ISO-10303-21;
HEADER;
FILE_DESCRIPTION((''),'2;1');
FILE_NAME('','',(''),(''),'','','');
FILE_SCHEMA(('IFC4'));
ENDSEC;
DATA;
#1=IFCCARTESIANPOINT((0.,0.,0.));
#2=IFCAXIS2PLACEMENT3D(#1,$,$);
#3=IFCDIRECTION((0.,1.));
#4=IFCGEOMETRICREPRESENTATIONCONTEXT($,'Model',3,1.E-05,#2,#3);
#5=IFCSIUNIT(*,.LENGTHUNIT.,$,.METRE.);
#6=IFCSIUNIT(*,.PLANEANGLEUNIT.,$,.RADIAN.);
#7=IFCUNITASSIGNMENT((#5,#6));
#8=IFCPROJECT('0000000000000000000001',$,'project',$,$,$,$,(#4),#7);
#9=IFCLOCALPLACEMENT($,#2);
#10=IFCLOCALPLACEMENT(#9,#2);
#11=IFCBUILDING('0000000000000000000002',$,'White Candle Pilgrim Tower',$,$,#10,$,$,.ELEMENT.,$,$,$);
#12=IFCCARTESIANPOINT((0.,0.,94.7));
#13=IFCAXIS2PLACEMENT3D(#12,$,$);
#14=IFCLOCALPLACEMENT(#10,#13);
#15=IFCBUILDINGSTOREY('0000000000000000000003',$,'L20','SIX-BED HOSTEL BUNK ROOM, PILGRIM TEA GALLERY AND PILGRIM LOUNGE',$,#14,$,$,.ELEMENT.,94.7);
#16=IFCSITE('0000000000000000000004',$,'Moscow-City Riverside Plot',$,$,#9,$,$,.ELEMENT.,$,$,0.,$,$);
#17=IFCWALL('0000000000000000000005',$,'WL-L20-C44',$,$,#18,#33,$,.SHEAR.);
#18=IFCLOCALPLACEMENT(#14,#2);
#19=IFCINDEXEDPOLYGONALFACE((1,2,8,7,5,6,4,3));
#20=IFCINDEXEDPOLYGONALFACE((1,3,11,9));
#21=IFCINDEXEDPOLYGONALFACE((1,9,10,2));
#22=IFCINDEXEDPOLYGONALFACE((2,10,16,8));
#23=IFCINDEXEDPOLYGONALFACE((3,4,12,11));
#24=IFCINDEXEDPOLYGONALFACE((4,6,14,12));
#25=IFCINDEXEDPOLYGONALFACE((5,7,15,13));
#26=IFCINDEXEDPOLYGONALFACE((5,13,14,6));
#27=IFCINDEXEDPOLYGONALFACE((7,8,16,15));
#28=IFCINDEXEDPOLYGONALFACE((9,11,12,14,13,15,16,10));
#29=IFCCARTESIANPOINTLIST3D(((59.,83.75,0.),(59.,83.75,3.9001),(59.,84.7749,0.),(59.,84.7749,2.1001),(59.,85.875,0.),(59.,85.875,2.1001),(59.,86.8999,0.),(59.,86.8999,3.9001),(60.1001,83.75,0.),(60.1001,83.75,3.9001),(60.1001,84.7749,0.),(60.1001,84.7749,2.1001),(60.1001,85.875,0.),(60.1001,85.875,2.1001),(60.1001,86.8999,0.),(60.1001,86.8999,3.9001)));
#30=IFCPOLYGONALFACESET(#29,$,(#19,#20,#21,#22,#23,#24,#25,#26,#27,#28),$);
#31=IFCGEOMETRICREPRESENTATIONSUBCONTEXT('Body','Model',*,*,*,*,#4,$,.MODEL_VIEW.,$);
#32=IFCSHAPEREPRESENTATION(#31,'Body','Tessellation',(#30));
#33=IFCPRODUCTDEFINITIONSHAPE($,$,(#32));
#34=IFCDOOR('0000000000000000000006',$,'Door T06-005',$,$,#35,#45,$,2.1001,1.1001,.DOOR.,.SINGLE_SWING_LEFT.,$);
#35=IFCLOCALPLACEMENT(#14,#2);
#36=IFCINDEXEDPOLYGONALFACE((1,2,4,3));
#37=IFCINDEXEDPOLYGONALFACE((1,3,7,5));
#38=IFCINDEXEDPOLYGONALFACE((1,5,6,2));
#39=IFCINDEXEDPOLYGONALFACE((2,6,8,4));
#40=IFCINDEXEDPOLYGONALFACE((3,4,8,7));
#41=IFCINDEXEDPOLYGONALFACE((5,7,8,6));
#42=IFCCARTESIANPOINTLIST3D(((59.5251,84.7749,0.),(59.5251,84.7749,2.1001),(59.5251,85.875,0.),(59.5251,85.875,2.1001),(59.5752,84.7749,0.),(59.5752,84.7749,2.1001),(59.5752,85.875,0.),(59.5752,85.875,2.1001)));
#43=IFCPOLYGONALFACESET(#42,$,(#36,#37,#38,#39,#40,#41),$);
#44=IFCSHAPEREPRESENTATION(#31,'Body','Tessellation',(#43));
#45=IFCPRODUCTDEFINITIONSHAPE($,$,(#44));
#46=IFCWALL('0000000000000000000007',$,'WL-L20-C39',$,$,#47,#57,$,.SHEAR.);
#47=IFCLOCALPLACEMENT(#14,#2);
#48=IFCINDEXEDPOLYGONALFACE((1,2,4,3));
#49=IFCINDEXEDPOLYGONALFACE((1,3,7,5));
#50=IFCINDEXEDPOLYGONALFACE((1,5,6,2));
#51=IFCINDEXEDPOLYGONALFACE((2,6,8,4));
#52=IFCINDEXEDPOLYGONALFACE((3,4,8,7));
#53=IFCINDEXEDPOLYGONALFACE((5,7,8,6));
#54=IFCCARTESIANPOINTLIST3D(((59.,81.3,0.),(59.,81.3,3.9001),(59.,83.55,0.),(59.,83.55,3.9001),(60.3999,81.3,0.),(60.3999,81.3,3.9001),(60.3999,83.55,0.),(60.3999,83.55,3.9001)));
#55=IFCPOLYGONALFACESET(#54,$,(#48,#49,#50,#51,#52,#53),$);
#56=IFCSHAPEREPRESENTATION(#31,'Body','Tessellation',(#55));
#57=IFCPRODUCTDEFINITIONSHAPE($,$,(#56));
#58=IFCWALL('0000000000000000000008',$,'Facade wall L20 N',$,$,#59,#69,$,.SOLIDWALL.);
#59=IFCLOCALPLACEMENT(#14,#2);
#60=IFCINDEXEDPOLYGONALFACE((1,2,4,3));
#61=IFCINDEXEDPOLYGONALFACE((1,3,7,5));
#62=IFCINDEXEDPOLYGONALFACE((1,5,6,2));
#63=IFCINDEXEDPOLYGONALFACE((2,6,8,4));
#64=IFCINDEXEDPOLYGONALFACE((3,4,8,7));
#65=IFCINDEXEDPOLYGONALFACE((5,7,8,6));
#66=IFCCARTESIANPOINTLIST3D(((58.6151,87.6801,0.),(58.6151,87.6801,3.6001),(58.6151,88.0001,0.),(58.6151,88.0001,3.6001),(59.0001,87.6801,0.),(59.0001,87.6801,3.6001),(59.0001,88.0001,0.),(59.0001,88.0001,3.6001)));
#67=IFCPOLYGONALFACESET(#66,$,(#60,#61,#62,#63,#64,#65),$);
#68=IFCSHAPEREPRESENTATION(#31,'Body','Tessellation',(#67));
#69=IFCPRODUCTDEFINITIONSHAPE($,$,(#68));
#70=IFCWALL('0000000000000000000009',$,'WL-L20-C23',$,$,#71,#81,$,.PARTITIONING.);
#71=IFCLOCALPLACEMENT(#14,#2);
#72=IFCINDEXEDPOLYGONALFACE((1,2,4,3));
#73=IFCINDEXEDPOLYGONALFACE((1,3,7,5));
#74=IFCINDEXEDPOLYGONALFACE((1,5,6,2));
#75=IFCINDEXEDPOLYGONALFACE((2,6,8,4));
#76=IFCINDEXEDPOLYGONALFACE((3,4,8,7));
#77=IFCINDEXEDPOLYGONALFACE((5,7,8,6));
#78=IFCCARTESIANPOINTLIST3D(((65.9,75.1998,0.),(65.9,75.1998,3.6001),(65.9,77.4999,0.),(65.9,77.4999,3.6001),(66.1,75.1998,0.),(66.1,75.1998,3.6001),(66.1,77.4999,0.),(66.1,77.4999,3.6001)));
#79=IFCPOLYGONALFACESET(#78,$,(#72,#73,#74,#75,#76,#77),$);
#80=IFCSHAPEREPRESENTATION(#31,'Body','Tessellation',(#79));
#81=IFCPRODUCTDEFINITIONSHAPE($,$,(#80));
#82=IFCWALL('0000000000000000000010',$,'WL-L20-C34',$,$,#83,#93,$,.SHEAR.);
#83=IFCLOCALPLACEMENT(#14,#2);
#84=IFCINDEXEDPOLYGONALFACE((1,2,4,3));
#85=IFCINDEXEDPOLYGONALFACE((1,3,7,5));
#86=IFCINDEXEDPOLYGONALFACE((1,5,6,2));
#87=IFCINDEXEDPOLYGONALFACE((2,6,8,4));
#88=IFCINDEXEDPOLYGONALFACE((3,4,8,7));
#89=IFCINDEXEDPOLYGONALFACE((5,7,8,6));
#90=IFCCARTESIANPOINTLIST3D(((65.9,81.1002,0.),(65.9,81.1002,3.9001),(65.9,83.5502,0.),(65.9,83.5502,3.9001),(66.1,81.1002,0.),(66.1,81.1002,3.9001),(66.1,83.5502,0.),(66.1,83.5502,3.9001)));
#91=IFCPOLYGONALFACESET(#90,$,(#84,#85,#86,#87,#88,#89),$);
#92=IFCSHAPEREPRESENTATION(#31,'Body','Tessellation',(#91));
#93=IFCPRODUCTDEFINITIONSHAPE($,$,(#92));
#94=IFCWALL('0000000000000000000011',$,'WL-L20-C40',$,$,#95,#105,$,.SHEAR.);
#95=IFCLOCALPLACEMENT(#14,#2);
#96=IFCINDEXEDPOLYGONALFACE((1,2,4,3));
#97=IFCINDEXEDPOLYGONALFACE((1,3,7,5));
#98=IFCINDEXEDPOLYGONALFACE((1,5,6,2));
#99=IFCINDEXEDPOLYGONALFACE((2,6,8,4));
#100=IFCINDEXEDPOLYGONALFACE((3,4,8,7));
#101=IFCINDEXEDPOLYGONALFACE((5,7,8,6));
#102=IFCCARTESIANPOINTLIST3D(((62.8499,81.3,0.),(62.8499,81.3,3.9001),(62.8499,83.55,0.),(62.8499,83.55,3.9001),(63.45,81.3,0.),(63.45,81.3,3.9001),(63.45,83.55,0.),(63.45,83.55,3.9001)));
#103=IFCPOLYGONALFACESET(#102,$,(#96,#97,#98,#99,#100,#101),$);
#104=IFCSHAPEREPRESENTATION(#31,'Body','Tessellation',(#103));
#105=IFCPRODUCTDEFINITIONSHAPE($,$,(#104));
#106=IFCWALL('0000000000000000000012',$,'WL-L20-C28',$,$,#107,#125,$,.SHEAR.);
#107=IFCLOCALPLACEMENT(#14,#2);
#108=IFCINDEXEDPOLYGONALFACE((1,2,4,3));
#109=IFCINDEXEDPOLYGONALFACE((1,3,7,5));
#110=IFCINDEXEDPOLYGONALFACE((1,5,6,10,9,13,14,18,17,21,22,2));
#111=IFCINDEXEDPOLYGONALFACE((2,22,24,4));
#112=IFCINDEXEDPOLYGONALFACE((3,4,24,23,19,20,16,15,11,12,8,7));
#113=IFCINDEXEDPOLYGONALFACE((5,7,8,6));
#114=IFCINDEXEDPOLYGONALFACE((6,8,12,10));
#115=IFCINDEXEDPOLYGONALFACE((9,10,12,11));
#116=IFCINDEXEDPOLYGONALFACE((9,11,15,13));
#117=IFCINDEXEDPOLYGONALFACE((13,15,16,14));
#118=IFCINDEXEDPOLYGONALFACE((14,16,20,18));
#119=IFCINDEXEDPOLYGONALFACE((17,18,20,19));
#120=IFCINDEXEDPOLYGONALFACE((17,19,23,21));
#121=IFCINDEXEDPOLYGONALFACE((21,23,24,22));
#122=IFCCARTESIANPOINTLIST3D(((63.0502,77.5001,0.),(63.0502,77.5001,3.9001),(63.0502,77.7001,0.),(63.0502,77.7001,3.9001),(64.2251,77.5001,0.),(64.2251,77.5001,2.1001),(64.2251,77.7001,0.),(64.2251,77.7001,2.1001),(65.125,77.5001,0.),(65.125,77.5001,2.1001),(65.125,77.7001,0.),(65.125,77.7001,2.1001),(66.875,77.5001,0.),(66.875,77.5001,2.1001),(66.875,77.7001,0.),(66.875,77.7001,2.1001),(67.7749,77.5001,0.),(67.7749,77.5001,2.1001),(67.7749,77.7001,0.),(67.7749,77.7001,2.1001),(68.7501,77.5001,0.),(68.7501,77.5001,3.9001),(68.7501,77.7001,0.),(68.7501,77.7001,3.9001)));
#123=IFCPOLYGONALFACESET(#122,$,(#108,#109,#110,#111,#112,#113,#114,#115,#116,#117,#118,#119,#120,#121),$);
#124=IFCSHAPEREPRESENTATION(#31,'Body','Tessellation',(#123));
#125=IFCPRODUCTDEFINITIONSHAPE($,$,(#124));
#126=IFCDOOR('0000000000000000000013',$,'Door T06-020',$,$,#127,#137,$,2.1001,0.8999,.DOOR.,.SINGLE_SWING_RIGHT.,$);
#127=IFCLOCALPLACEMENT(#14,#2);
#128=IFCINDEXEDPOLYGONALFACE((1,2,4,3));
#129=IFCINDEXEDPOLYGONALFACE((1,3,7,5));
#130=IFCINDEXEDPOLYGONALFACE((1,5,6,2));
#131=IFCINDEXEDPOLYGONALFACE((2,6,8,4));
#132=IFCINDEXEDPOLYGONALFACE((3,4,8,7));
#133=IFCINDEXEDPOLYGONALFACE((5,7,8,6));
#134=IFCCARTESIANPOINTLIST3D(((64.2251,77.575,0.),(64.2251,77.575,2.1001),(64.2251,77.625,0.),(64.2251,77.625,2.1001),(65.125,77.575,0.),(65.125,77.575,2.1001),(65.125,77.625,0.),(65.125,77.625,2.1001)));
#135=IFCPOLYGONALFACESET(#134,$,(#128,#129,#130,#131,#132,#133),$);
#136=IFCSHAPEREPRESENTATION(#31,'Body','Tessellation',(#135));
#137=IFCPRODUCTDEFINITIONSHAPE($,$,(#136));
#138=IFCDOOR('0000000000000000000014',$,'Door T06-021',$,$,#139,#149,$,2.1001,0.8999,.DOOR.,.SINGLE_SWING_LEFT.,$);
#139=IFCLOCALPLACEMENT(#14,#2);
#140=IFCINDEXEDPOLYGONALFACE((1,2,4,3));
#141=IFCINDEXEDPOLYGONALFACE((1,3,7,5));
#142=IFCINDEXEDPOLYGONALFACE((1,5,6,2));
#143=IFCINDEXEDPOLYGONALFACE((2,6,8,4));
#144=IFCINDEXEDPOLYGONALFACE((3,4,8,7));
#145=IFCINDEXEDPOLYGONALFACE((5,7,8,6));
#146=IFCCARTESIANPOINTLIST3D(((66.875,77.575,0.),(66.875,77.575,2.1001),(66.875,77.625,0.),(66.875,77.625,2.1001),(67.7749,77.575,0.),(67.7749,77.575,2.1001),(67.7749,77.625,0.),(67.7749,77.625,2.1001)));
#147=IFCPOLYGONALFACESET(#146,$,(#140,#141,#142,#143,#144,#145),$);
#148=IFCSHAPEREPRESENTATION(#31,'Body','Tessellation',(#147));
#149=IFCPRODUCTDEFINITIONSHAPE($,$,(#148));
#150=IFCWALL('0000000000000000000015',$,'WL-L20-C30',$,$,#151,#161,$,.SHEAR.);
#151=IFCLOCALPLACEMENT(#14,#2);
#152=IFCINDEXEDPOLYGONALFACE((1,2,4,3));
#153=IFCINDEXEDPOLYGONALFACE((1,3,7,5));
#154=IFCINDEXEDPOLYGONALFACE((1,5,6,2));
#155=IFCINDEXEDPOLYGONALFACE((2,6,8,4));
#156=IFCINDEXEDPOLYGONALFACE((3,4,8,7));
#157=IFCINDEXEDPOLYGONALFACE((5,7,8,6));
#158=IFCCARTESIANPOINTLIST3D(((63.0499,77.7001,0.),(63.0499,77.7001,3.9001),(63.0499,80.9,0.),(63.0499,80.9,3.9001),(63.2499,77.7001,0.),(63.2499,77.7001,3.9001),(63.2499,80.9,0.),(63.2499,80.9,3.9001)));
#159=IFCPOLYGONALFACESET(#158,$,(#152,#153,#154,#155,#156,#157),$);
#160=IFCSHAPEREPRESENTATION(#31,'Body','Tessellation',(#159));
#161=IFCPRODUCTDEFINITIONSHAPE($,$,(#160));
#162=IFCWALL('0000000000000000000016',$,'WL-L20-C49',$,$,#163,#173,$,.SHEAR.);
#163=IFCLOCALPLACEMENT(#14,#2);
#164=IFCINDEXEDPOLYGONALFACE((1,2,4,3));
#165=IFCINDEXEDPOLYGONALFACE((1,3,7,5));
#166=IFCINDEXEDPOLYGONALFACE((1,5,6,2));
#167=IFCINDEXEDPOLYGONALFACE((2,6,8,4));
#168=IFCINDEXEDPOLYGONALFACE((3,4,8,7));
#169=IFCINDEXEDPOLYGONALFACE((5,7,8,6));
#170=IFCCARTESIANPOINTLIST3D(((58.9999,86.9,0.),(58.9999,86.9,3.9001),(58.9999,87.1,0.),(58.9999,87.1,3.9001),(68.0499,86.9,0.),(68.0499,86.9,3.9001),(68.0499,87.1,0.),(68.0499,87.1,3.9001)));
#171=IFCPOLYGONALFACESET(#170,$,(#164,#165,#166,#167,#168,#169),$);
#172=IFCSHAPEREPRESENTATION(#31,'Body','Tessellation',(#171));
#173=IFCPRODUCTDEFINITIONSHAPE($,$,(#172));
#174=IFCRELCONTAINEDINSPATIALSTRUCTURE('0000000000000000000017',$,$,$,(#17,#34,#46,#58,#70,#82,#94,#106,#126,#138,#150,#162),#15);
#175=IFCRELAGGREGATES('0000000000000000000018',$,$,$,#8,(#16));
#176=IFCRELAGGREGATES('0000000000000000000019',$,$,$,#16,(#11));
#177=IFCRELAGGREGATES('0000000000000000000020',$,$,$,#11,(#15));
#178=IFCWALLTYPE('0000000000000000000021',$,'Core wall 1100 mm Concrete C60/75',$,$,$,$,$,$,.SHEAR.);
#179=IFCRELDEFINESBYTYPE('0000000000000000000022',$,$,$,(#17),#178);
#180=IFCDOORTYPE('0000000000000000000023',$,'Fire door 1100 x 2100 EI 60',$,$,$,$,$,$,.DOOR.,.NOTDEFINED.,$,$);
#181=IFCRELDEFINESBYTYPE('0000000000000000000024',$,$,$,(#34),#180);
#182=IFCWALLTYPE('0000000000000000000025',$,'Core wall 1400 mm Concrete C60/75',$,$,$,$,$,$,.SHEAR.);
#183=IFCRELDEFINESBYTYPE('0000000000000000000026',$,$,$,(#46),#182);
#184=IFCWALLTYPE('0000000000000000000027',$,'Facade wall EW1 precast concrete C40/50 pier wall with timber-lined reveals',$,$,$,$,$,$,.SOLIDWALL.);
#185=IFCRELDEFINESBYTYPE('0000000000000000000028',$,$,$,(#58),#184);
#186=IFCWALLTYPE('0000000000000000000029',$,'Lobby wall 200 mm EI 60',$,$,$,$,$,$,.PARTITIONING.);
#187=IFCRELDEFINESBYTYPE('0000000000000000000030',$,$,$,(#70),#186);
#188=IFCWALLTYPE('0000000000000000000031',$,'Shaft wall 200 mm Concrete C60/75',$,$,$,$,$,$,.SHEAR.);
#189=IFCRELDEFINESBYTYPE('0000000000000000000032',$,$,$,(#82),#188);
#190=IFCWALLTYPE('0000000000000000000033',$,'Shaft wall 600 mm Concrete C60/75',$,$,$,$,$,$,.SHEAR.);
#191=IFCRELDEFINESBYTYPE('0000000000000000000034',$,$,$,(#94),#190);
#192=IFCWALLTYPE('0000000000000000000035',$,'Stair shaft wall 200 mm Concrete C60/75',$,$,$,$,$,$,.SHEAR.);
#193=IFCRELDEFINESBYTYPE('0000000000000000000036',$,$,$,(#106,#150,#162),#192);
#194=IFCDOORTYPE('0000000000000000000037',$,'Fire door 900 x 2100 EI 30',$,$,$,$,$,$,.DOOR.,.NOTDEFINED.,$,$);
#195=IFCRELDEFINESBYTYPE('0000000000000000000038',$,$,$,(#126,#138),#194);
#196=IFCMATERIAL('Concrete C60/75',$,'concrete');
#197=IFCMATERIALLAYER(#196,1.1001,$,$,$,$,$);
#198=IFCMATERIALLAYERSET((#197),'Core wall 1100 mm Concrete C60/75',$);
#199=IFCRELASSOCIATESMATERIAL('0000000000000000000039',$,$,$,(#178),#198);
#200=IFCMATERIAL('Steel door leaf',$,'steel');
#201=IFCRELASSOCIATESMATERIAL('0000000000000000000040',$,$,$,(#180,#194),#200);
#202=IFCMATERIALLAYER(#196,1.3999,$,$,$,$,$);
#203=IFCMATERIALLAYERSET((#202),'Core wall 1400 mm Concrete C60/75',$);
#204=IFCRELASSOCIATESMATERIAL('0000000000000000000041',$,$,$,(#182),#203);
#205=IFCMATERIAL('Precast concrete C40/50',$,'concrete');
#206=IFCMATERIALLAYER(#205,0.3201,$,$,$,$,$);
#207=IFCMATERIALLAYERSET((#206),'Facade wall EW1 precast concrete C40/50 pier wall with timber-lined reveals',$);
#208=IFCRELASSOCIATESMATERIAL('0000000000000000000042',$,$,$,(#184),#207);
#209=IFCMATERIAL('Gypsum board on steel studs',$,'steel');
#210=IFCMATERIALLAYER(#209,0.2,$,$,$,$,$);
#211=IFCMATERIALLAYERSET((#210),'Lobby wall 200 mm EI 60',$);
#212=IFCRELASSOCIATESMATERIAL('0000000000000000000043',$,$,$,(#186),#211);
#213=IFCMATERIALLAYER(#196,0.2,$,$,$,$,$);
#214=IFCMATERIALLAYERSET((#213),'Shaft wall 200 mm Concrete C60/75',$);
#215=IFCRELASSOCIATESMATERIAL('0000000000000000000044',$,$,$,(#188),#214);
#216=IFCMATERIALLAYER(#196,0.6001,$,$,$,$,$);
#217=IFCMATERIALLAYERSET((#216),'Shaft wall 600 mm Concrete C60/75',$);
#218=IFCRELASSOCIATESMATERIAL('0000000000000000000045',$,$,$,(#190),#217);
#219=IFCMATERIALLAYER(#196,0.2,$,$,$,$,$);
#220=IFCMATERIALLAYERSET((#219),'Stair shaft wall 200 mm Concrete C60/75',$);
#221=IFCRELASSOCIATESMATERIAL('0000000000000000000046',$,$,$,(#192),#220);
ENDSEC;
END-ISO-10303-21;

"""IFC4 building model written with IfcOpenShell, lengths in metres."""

from ifc_helpers import new_model, si_unit, direction, frame, frame_2d, origin, place, context, subcontext, project, spatial, rectangle, extrude, material, layer, layer_set, type_object, element, fill, save


model = new_model("IFC4")

# Units and contexts
model_context = context("Model", 3, precision=1e-05, world=origin(), true_north=direction((0.0, 1.0)))
body_context = subcontext(model_context, "Body", "Model", "MODEL_VIEW")
ifc_project = project(units=[si_unit("LENGTHUNIT", "METRE"), si_unit("PLANEANGLEUNIT", "RADIAN")], contexts=[model_context])

# Site, building, storey
site_placement = place(None, origin())
site = spatial("IfcSite", under=ifc_project, at=site_placement, Name="Moscow-City Riverside Plot", CompositionType="ELEMENT", RefElevation=0.0)
building_placement = place(site_placement, origin())
building = spatial("IfcBuilding", under=site, at=building_placement, Name="White Candle Pilgrim Tower", CompositionType="ELEMENT")
storey_placement = place(building_placement, frame((0.0, 0.0, 94.7)))
storey = spatial("IfcBuildingStorey", under=building, at=storey_placement, Name="L20", Description="SIX-BED HOSTEL BUNK ROOM, PILGRIM TEA GALLERY AND PILGRIM LOUNGE", CompositionType="ELEMENT", Elevation=94.7)

# Wall, opening, door
ifc_material_1 = material(Name="Concrete C60/75", Category="concrete")
ifc_layer_1 = layer(ifc_material_1, 1.1001)
ifc_layer_set_1 = layer_set([ifc_layer_1], Name="Core wall 1100 mm Concrete C60/75")
wall_type_1 = type_object("IfcWallType", Name="Core wall 1100 mm Concrete C60/75", PredefinedType="SHEAR", material=ifc_layer_set_1)
wall_1_placement = place(storey_placement, frame((59.55, 83.75, 0.0), z_axis=(0.0, 0.0, 1.0), x_axis=(0.0, 1.0, 0.0)))
wall_1 = element("IfcWall", 1, at=wall_1_placement, inside=storey, type_object=wall_type_1, Name="WL-L20-C44", PredefinedType="SHEAR", context=body_context, shape_type="SweptSolid", body=[
    extrude(rectangle(XDim=3.1499, YDim=1.1001, at=frame_2d((1.575, 0.0))), origin(), (0.0, 0.0, 1.0), 3.9001),
])
opening_1_placement = place(wall_1_placement, frame((1.0249, 0.0, 0.0)))
opening_1 = element("IfcOpeningElement", 2, at=opening_1_placement, cuts=wall_1, PredefinedType="OPENING", context=body_context, shape_type="SweptSolid", body=[
    extrude(rectangle(XDim=1.1001, YDim=2.1001, at=frame_2d((0.55, 1.05))), frame((0.0, 0.5601, 0.0), z_axis=(0.0, -1.0, 0.0), x_axis=(1.0, 0.0, 0.0)), (0.0, 0.0, 1.0), 1.1201),
])
ifc_material_2 = material(Name="Steel door leaf", Category="steel")
door_type_1 = type_object("IfcDoorType", Name="Fire door 1100 x 2100 EI 60", OperationType="NOTDEFINED", PredefinedType="DOOR", material=ifc_material_2)
door_1_placement = place(opening_1_placement, origin())
door_1 = element("IfcDoor", 3, at=door_1_placement, inside=storey, type_object=door_type_1, Name="Door T06-005", OperationType="SINGLE_SWING_LEFT", OverallHeight=2.1001, OverallWidth=1.1001, PredefinedType="DOOR", context=body_context, shape_type="SweptSolid", body=[
    extrude(rectangle(XDim=1.1001, YDim=2.1001, at=frame_2d((0.55, 1.05))), frame((0.0, 0.0249, 0.0), z_axis=(0.0, -1.0, 0.0), x_axis=(1.0, 0.0, 0.0)), (0.0, 0.0, 1.0), 0.05),
])
fill(opening_1, door_1)

# Walls
ifc_layer_2 = layer(ifc_material_1, 1.3999)
ifc_layer_set_2 = layer_set([ifc_layer_2], Name="Core wall 1400 mm Concrete C60/75")
wall_type_2 = type_object("IfcWallType", Name="Core wall 1400 mm Concrete C60/75", PredefinedType="SHEAR", material=ifc_layer_set_2)
wall_2_placement = place(storey_placement, frame((59.7, 81.3, 0.0), z_axis=(0.0, 0.0, 1.0), x_axis=(0.0, 1.0, 0.0)))
element("IfcWall", 4, at=wall_2_placement, inside=storey, type_object=wall_type_2, Name="WL-L20-C39", PredefinedType="SHEAR", context=body_context, shape_type="SweptSolid", body=[
    extrude(rectangle(XDim=2.25, YDim=1.3999, at=frame_2d((1.125, 0.0))), origin(), (0.0, 0.0, 1.0), 3.9001),
])
ifc_material_3 = material(Name="Precast concrete C40/50", Category="concrete")
ifc_layer_3 = layer(ifc_material_3, 0.3201)
ifc_layer_set_3 = layer_set([ifc_layer_3], Name="Facade wall EW1 precast concrete C40/50 pier wall with timber-lined reveals")
wall_type_3 = type_object("IfcWallType", Name="Facade wall EW1 precast concrete C40/50 pier wall with timber-lined reveals", PredefinedType="SOLIDWALL", material=ifc_layer_set_3)
wall_3_placement = place(storey_placement, frame((59.0, 87.8401, 0.0), z_axis=(0.0, 0.0, 1.0), x_axis=(-1.0, 0.0, 0.0)))
element("IfcWall", 5, at=wall_3_placement, inside=storey, type_object=wall_type_3, Name="Facade wall L20 N", PredefinedType="SOLIDWALL", context=body_context, shape_type="SweptSolid", body=[
    extrude(rectangle(XDim=0.385, YDim=0.3201, at=frame_2d((0.1924, 0.0))), origin(), (0.0, 0.0, 1.0), 3.6001),
])
ifc_material_4 = material(Name="Gypsum board on steel studs", Category="steel")
ifc_layer_4 = layer(ifc_material_4, 0.2)
ifc_layer_set_4 = layer_set([ifc_layer_4], Name="Lobby wall 200 mm EI 60")
wall_type_4 = type_object("IfcWallType", Name="Lobby wall 200 mm EI 60", PredefinedType="PARTITIONING", material=ifc_layer_set_4)
wall_4_placement = place(storey_placement, frame((66.0, 75.2, 0.0), z_axis=(0.0, 0.0, 1.0), x_axis=(0.0, 1.0, 0.0)))
element("IfcWall", 6, at=wall_4_placement, inside=storey, type_object=wall_type_4, Name="WL-L20-C23", PredefinedType="PARTITIONING", context=body_context, shape_type="SweptSolid", body=[
    extrude(rectangle(XDim=2.3, YDim=0.2, at=frame_2d((1.1499, 0.0))), origin(), (0.0, 0.0, 1.0), 3.6001),
])
ifc_layer_5 = layer(ifc_material_1, 0.2)
ifc_layer_set_5 = layer_set([ifc_layer_5], Name="Shaft wall 200 mm Concrete C60/75")
wall_type_5 = type_object("IfcWallType", Name="Shaft wall 200 mm Concrete C60/75", PredefinedType="SHEAR", material=ifc_layer_set_5)
wall_5_placement = place(storey_placement, frame((66.0, 81.1001, 0.0), z_axis=(0.0, 0.0, 1.0), x_axis=(0.0, 1.0, 0.0)))
element("IfcWall", 7, at=wall_5_placement, inside=storey, type_object=wall_type_5, Name="WL-L20-C34", PredefinedType="SHEAR", context=body_context, shape_type="SweptSolid", body=[
    extrude(rectangle(XDim=2.45, YDim=0.2, at=frame_2d((1.2251, 0.0))), origin(), (0.0, 0.0, 1.0), 3.9001),
])
ifc_layer_6 = layer(ifc_material_1, 0.6001)
ifc_layer_set_6 = layer_set([ifc_layer_6], Name="Shaft wall 600 mm Concrete C60/75")
wall_type_6 = type_object("IfcWallType", Name="Shaft wall 600 mm Concrete C60/75", PredefinedType="SHEAR", material=ifc_layer_set_6)
wall_6_placement = place(storey_placement, frame((63.1499, 81.3, 0.0), z_axis=(0.0, 0.0, 1.0), x_axis=(0.0, 1.0, 0.0)))
element("IfcWall", 8, at=wall_6_placement, inside=storey, type_object=wall_type_6, Name="WL-L20-C40", PredefinedType="SHEAR", context=body_context, shape_type="SweptSolid", body=[
    extrude(rectangle(XDim=2.25, YDim=0.6001, at=frame_2d((1.125, 0.0))), origin(), (0.0, 0.0, 1.0), 3.9001),
])

# Wall, openings, doors
ifc_layer_7 = layer(ifc_material_1, 0.2)
ifc_layer_set_7 = layer_set([ifc_layer_7], Name="Stair shaft wall 200 mm Concrete C60/75")
wall_type_7 = type_object("IfcWallType", Name="Stair shaft wall 200 mm Concrete C60/75", PredefinedType="SHEAR", material=ifc_layer_set_7)
wall_7_placement = place(storey_placement, frame((63.05, 77.6001, 0.0), z_axis=(0.0, 0.0, 1.0), x_axis=(1.0, 0.0, 0.0)))
wall_7 = element("IfcWall", 9, at=wall_7_placement, inside=storey, type_object=wall_type_7, Name="WL-L20-C28", PredefinedType="SHEAR", context=body_context, shape_type="SweptSolid", body=[
    extrude(rectangle(XDim=5.7, YDim=0.2, at=frame_2d((2.8501, 0.0))), origin(), (0.0, 0.0, 1.0), 3.9001),
])
opening_2_placement = place(wall_7_placement, frame((1.175, 0.0, 0.0)))
opening_2 = element("IfcOpeningElement", 10, at=opening_2_placement, cuts=wall_7, PredefinedType="OPENING", context=body_context, shape_type="SweptSolid", body=[
    extrude(rectangle(XDim=0.8999, YDim=2.1001, at=frame_2d((0.45, 1.05))), frame((0.0, 0.1099, 0.0), z_axis=(0.0, -1.0, 0.0), x_axis=(1.0, 0.0, 0.0)), (0.0, 0.0, 1.0), 0.22),
])
opening_3_placement = place(wall_7_placement, frame((3.825, 0.0, 0.0)))
opening_3 = element("IfcOpeningElement", 11, at=opening_3_placement, cuts=wall_7, PredefinedType="OPENING", context=body_context, shape_type="SweptSolid", body=[
    extrude(rectangle(XDim=0.8999, YDim=2.1001, at=frame_2d((0.45, 1.05))), frame((0.0, 0.1099, 0.0), z_axis=(0.0, -1.0, 0.0), x_axis=(1.0, 0.0, 0.0)), (0.0, 0.0, 1.0), 0.22),
])
door_type_2 = type_object("IfcDoorType", Name="Fire door 900 x 2100 EI 30", OperationType="NOTDEFINED", PredefinedType="DOOR", material=ifc_material_2)
door_2_placement = place(opening_2_placement, origin())
door_2 = element("IfcDoor", 12, at=door_2_placement, inside=storey, type_object=door_type_2, Name="Door T06-020", OperationType="SINGLE_SWING_RIGHT", OverallHeight=2.1001, OverallWidth=0.8999, PredefinedType="DOOR", context=body_context, shape_type="SweptSolid", body=[
    extrude(rectangle(XDim=0.8999, YDim=2.1001, at=frame_2d((0.45, 1.05))), frame((0.0, 0.0249, 0.0), z_axis=(0.0, -1.0, 0.0), x_axis=(1.0, 0.0, 0.0)), (0.0, 0.0, 1.0), 0.05),
])
fill(opening_2, door_2)
door_3_placement = place(opening_3_placement, origin())
door_3 = element("IfcDoor", 13, at=door_3_placement, inside=storey, type_object=door_type_2, Name="Door T06-021", OperationType="SINGLE_SWING_LEFT", OverallHeight=2.1001, OverallWidth=0.8999, PredefinedType="DOOR", context=body_context, shape_type="SweptSolid", body=[
    extrude(rectangle(XDim=0.8999, YDim=2.1001, at=frame_2d((0.45, 1.05))), frame((0.0, 0.0249, 0.0), z_axis=(0.0, -1.0, 0.0), x_axis=(1.0, 0.0, 0.0)), (0.0, 0.0, 1.0), 0.05),
])
fill(opening_3, door_3)

# Walls
wall_8_placement = place(storey_placement, frame((63.1499, 77.7, 0.0), z_axis=(0.0, 0.0, 1.0), x_axis=(0.0, 1.0, 0.0)))
element("IfcWall", 14, at=wall_8_placement, inside=storey, type_object=wall_type_7, Name="WL-L20-C30", PredefinedType="SHEAR", context=body_context, shape_type="SweptSolid", body=[
    extrude(rectangle(XDim=3.2, YDim=0.2, at=frame_2d((1.6001, 0.0))), origin(), (0.0, 0.0, 1.0), 3.9001),
])
wall_9_placement = place(storey_placement, frame((59.0, 87.0, 0.0), z_axis=(0.0, 0.0, 1.0), x_axis=(1.0, 0.0, 0.0)))
element("IfcWall", 15, at=wall_9_placement, inside=storey, type_object=wall_type_7, Name="WL-L20-C49", PredefinedType="SHEAR", context=body_context, shape_type="SweptSolid", body=[
    extrude(rectangle(XDim=9.05, YDim=0.2, at=frame_2d((4.5249, 0.0))), origin(), (0.0, 0.0, 1.0), 3.9001),
])

save(model, "model.ifc")
